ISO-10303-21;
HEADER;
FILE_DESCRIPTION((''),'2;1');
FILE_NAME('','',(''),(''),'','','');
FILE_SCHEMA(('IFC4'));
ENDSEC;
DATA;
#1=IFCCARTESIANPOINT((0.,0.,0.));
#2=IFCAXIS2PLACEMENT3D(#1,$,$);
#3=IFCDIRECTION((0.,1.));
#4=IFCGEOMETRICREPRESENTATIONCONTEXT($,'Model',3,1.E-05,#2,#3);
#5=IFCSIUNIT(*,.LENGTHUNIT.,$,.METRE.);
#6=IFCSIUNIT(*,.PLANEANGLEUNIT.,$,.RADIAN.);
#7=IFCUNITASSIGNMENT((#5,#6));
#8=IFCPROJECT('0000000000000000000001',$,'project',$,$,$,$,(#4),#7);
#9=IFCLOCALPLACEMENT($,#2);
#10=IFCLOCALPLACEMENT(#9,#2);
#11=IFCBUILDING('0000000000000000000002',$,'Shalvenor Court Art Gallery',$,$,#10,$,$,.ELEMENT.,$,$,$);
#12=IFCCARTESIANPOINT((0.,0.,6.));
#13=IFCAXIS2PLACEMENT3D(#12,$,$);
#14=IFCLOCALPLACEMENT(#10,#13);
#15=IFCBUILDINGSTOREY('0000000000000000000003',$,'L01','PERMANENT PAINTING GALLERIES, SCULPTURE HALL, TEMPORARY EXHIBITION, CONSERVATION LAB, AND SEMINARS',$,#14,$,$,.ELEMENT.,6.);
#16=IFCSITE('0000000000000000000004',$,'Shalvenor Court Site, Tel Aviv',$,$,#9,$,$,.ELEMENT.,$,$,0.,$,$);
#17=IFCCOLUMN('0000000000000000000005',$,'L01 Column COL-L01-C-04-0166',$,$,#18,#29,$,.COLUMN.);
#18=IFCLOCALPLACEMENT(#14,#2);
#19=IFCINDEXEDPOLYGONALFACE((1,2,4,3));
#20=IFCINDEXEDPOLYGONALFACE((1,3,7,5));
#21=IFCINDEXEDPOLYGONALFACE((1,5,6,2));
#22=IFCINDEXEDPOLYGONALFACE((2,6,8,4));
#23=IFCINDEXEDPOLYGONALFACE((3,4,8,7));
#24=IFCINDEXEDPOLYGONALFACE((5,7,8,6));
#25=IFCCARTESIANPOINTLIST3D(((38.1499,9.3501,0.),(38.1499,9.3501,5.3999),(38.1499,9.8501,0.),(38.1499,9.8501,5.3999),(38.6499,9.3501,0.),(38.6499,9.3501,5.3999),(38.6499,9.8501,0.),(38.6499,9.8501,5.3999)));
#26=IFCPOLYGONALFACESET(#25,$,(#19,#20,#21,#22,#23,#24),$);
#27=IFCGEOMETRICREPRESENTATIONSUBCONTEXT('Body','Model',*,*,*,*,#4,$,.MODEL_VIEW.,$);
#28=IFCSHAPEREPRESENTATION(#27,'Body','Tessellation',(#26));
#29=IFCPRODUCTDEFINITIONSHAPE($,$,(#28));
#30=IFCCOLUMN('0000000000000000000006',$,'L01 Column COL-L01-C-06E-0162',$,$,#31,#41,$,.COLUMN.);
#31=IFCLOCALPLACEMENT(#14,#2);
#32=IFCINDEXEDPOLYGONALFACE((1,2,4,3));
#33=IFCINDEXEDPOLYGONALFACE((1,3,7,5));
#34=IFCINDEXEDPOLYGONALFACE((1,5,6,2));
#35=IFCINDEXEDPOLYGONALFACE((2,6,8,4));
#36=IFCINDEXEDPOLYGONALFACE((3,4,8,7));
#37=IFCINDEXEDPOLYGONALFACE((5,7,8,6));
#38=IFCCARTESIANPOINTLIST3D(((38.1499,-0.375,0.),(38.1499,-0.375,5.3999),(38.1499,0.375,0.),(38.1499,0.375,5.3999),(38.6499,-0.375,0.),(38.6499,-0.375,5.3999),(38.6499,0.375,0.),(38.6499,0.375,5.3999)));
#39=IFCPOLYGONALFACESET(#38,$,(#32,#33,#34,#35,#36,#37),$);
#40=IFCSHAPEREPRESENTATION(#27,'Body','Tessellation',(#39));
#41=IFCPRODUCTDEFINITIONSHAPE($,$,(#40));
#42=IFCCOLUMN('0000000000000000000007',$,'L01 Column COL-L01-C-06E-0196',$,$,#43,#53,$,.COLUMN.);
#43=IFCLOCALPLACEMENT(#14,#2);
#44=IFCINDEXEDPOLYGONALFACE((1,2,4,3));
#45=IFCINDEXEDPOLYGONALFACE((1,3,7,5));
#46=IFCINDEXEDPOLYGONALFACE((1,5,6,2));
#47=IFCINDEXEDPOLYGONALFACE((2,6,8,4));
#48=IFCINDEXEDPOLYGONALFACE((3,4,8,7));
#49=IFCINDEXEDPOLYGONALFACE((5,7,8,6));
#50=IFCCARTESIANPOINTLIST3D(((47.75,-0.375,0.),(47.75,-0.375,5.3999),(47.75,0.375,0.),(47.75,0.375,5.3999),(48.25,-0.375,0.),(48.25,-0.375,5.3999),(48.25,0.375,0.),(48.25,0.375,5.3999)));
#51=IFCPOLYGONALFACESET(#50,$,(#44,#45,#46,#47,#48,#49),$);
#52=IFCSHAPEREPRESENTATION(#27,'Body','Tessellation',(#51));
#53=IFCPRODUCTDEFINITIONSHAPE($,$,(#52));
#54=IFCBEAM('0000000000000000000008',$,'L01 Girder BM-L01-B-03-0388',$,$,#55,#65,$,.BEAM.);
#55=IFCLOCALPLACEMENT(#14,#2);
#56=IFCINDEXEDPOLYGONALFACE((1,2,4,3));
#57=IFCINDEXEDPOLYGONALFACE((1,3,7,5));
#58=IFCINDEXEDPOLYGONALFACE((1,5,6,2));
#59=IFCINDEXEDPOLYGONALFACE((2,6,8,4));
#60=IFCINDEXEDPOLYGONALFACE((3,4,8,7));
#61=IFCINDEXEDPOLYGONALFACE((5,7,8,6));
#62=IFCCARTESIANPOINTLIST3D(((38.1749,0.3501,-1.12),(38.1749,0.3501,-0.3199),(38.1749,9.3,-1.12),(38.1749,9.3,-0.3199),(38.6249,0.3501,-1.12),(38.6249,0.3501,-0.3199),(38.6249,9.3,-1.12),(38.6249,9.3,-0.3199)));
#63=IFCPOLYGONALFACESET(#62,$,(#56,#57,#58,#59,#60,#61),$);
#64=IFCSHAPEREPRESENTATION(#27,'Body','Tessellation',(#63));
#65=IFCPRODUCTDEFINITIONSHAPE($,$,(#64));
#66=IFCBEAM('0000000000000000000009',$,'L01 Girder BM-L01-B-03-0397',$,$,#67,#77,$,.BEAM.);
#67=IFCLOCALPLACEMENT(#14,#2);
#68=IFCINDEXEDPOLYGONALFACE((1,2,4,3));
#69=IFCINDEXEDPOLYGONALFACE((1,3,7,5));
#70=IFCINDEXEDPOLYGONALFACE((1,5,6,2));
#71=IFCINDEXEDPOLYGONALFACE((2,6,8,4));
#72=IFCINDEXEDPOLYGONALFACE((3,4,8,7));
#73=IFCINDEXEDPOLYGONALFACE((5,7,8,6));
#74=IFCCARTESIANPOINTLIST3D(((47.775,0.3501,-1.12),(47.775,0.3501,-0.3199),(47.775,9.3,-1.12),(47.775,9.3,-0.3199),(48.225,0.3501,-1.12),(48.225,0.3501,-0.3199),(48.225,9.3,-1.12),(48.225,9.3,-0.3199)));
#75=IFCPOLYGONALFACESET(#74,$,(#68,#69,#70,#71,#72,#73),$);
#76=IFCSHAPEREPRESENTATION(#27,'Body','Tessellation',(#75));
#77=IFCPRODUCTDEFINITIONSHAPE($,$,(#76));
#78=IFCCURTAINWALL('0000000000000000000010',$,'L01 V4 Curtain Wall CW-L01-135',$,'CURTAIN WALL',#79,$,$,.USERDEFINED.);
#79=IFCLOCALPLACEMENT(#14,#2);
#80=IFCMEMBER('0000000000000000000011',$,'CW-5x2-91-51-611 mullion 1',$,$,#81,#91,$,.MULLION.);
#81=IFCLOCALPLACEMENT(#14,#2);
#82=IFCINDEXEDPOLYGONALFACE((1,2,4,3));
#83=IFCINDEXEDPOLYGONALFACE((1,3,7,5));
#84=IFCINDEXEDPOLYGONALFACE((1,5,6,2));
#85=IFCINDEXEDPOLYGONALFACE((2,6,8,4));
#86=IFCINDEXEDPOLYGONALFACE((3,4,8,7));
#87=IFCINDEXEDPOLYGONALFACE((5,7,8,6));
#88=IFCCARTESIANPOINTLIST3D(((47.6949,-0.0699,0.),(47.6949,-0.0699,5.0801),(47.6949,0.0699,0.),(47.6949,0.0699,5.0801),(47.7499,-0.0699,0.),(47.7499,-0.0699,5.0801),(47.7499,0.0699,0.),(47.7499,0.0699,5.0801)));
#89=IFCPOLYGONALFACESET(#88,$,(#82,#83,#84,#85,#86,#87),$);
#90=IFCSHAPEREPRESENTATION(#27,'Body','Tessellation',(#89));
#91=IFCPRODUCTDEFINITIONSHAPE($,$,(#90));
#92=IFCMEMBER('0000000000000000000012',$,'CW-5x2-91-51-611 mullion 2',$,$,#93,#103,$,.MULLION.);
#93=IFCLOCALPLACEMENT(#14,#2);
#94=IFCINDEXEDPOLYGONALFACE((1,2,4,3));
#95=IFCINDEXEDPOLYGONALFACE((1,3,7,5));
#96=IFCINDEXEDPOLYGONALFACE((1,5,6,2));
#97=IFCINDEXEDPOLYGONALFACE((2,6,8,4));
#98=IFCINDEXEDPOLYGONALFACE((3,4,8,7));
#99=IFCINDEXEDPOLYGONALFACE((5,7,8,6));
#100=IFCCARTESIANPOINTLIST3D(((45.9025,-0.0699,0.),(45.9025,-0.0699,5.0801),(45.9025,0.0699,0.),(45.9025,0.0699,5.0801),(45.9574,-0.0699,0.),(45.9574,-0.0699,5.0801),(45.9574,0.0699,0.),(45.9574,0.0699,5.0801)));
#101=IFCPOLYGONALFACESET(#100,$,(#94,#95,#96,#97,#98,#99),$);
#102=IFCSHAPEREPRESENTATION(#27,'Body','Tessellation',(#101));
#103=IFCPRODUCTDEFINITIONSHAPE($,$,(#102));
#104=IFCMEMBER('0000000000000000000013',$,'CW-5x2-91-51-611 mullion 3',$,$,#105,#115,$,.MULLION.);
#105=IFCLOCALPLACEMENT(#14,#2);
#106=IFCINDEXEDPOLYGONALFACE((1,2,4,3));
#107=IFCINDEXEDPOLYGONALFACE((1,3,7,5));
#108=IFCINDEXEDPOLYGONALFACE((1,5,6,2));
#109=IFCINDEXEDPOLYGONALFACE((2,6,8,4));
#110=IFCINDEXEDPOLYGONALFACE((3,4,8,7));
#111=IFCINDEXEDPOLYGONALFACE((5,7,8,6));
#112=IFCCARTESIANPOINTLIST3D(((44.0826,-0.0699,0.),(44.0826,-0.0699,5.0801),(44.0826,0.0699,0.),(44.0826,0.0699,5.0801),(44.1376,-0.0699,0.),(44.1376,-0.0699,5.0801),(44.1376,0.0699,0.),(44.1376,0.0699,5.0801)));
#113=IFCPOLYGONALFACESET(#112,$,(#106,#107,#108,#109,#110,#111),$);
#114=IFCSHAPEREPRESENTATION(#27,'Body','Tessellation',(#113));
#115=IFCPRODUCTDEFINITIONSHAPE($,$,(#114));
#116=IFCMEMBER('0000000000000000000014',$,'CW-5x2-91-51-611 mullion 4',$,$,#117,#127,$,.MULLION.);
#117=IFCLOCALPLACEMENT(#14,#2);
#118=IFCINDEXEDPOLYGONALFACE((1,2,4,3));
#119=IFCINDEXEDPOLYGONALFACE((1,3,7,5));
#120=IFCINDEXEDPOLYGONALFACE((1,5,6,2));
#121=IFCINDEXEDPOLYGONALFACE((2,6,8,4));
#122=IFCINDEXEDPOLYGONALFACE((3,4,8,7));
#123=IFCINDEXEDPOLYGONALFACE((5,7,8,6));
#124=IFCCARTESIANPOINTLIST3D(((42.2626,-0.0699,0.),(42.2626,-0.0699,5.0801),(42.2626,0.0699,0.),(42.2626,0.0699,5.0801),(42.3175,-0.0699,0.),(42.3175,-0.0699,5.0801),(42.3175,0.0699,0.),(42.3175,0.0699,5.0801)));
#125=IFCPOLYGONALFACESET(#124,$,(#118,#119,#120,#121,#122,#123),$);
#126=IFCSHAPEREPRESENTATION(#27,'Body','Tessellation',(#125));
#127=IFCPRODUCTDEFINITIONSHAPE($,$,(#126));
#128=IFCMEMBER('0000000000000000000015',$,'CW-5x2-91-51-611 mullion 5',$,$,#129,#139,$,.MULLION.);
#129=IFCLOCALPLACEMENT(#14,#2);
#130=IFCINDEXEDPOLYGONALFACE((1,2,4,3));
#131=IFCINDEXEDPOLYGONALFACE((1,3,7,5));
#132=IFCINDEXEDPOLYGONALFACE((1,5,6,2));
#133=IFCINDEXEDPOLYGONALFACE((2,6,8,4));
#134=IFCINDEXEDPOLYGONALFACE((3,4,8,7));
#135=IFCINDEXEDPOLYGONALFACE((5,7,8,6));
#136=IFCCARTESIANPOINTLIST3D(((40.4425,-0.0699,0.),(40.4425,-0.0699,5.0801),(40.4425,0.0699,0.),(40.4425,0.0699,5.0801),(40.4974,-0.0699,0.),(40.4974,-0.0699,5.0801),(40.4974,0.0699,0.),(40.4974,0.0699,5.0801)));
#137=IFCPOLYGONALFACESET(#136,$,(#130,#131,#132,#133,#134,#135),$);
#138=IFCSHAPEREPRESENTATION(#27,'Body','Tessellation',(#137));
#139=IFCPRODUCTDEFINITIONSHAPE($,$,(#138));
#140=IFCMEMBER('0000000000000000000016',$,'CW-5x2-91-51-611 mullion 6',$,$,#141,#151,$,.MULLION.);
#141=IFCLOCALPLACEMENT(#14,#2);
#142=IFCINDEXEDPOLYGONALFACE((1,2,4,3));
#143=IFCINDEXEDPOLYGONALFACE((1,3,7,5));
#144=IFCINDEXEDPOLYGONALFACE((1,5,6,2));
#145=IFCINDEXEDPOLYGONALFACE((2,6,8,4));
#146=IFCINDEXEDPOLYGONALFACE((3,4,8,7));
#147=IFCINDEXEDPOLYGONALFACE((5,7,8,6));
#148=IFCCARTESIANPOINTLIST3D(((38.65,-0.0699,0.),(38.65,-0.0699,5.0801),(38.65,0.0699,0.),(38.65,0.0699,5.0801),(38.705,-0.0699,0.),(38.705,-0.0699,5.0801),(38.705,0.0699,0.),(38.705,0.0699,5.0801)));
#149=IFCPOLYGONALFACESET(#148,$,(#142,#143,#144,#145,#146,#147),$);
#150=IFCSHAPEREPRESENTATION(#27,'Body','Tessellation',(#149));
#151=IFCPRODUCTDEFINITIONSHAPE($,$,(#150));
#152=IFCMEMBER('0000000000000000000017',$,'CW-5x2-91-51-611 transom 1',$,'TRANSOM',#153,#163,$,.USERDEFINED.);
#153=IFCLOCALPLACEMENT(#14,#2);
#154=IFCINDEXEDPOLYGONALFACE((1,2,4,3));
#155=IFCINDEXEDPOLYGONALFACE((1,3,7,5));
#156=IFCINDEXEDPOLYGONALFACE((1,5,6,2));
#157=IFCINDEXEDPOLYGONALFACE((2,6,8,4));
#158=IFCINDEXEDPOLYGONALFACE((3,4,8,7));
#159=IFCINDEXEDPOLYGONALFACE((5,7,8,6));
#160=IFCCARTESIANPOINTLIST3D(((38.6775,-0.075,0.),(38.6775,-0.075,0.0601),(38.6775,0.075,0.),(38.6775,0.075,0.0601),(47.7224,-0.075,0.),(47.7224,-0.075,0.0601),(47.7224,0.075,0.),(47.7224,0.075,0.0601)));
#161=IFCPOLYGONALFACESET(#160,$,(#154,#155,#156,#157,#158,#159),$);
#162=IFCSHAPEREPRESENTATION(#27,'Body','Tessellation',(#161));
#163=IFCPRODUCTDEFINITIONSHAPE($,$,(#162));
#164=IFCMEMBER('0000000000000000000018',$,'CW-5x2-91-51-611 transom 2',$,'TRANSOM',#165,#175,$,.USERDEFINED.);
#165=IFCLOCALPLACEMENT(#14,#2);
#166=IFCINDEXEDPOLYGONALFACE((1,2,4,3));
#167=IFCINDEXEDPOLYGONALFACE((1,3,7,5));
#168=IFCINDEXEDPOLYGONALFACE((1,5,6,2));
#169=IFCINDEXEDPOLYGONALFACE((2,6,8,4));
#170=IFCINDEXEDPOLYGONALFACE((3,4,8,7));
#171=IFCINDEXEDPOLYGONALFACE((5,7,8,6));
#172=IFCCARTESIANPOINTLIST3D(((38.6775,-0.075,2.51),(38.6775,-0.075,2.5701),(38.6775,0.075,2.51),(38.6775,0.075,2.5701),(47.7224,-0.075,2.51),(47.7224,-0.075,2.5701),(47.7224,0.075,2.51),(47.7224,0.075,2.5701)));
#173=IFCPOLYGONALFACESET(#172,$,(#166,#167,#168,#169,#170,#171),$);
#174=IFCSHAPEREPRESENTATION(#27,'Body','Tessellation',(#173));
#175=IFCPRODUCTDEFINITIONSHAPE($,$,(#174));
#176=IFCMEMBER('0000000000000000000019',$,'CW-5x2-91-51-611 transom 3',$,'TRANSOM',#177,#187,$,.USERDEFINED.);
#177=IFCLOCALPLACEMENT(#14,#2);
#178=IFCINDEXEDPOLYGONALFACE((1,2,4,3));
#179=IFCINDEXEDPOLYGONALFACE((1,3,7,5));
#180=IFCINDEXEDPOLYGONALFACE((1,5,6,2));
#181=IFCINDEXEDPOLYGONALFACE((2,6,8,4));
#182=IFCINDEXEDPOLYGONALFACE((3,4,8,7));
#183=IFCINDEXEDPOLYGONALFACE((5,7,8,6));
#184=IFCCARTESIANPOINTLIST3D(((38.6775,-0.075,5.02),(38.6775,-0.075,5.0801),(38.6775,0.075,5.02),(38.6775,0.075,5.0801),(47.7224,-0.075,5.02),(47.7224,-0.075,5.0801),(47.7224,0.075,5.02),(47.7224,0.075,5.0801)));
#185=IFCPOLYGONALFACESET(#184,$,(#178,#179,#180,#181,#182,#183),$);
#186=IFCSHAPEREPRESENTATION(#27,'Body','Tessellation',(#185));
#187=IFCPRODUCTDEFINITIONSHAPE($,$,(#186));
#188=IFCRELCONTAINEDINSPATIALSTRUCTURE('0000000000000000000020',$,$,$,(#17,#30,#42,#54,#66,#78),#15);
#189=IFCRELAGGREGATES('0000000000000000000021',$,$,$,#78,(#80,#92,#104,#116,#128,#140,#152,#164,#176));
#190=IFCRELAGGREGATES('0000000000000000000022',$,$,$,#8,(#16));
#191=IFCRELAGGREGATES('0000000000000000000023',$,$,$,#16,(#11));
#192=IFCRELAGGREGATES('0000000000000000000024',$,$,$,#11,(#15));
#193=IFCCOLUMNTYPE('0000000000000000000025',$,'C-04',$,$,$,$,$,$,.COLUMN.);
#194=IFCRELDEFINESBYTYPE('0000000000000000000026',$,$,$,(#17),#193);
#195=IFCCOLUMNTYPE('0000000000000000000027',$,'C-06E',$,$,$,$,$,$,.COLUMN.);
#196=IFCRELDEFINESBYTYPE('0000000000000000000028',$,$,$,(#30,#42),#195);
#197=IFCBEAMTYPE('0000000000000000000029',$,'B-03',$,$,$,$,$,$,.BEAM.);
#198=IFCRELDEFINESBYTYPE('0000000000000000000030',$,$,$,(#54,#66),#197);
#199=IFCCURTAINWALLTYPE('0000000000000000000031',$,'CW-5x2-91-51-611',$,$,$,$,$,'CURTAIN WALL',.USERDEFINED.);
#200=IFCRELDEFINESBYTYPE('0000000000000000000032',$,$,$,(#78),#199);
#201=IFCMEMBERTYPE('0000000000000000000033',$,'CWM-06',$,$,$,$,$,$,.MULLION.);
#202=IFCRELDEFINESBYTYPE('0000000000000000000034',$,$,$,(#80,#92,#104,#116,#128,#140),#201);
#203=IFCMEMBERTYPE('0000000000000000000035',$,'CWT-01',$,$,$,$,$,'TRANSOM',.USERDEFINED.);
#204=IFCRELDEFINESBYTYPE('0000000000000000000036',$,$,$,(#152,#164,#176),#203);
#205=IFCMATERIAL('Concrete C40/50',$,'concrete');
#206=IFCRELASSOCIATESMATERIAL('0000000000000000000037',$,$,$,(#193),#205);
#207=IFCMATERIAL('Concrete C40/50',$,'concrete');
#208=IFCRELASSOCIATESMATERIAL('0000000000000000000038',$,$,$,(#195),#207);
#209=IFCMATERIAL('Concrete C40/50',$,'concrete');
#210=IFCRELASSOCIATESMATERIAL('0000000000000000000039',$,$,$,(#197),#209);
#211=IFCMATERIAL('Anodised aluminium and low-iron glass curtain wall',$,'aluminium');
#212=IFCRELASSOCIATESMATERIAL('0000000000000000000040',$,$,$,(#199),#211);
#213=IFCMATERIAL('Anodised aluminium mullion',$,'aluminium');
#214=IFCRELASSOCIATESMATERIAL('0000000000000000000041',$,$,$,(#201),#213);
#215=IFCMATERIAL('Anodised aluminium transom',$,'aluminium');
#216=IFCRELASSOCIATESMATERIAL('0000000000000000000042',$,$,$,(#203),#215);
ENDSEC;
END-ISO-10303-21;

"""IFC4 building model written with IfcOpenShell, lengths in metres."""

from ifc_helpers import new_model, si_unit, direction, frame, origin, origin_2d, place, context, subcontext, project, spatial, rectangle, extrude, material, material_profile, profile_set, type_object, element, aggregate, save


model = new_model("IFC4")

# Units and contexts
model_context = context("Model", 3, precision=1e-05, world=origin(), true_north=direction((0.0, 1.0)))
body_context = subcontext(model_context, "Body", "Model", "MODEL_VIEW")
ifc_project = project(units=[si_unit("LENGTHUNIT", "METRE"), si_unit("PLANEANGLEUNIT", "RADIAN")], contexts=[model_context])

# Site, building, storey
site_placement = place(None, origin())
site = spatial("IfcSite", under=ifc_project, at=site_placement, Name="Shalvenor Court Site, Tel Aviv", CompositionType="ELEMENT", RefElevation=0.0)
building_placement = place(site_placement, origin())
building = spatial("IfcBuilding", under=site, at=building_placement, Name="Shalvenor Court Art Gallery", CompositionType="ELEMENT")
storey_placement = place(building_placement, frame((0.0, 0.0, 6.0)))
storey = spatial("IfcBuildingStorey", under=building, at=storey_placement, Name="L01", Description="PERMANENT PAINTING GALLERIES, SCULPTURE HALL, TEMPORARY EXHIBITION, CONSERVATION LAB, AND SEMINARS", CompositionType="ELEMENT", Elevation=6.0)

# Columns
ifc_material_1 = material(Name="Concrete C40/50", Category="concrete")
ifc_material_profile_1 = material_profile(ifc_material_1, rectangle(XDim=0.5, YDim=0.5, at=origin_2d()), Name="RC 500x500")
ifc_profile_set_1 = profile_set([ifc_material_profile_1], Name="Concrete C40/50")
column_type_1 = type_object("IfcColumnType", Name="C-04", PredefinedType="COLUMN", material=ifc_profile_set_1)
column_placement = place(storey_placement, frame((38.3999, 9.6001, 0.0), z_axis=(0.0, 0.0, 1.0), x_axis=(1.0, 0.0, 0.0)))
element("IfcColumn", 1, at=column_placement, inside=storey, type_object=column_type_1, Name="L01 Column COL-L01-C-04-0166", PredefinedType="COLUMN", context=body_context, shape_type="SweptSolid", body=[
    extrude(rectangle(XDim=0.5, YDim=0.5, at=origin_2d()), origin(), (0.0, 0.0, 1.0), 5.3999),
])
ifc_material_2 = material(Name="Concrete C40/50", Category="concrete")
ifc_material_profile_2 = material_profile(ifc_material_2, rectangle(XDim=0.5, YDim=0.75, at=origin_2d()), Name="RC 500x750")
ifc_profile_set_2 = profile_set([ifc_material_profile_2], Name="Concrete C40/50")
column_type_2 = type_object("IfcColumnType", Name="C-06E", PredefinedType="COLUMN", material=ifc_profile_set_2)
for number, where, z_axis, x_axis, name in (
    (2, (38.3999, 0.0, 0.0), (0.0, 0.0, 1.0), (1.0, 0.0, 0.0), "L01 Column COL-L01-C-06E-0162"),
    (3, (48.0, 0.0, 0.0), (0.0, 0.0, 1.0), (1.0, 0.0, 0.0), "L01 Column COL-L01-C-06E-0196"),
):
    element("IfcColumn", number, at=place(storey_placement, frame(where, z_axis=z_axis, x_axis=x_axis)), inside=storey, type_object=column_type_2, Name=name, PredefinedType="COLUMN", context=body_context, shape_type="SweptSolid", body=[
        extrude(rectangle(XDim=0.5, YDim=0.75, at=origin_2d()), origin(), (0.0, 0.0, 1.0), 5.3999),
    ])

# Beams
ifc_material_3 = material(Name="Concrete C40/50", Category="concrete")
ifc_material_profile_3 = material_profile(ifc_material_3, rectangle(XDim=0.45, YDim=0.8, at=origin_2d()), Name="RC 450x800")
ifc_profile_set_3 = profile_set([ifc_material_profile_3], Name="Concrete C40/50")
beam_type_1 = type_object("IfcBeamType", Name="B-03", PredefinedType="BEAM", material=ifc_profile_set_3)
for number, where, z_axis, x_axis, name in (
    (4, (38.3999, 0.3501, -0.72), (0.0, 1.0, 0.0), (-1.0, 0.0, 0.0), "L01 Girder BM-L01-B-03-0388"),
    (5, (48.0, 0.3501, -0.72), (0.0, 1.0, 0.0), (-1.0, 0.0, 0.0), "L01 Girder BM-L01-B-03-0397"),
):
    element("IfcBeam", number, at=place(storey_placement, frame(where, z_axis=z_axis, x_axis=x_axis)), inside=storey, type_object=beam_type_1, Name=name, PredefinedType="BEAM", context=body_context, shape_type="SweptSolid", body=[
        extrude(rectangle(XDim=0.45, YDim=0.8, at=origin_2d()), origin(), (0.0, 0.0, 1.0), 8.95),
    ])

# Curtain wall, members
ifc_material_4 = material(Name="Anodised aluminium and low-iron glass curtain wall", Category="aluminium")
curtain_wall_type = type_object("IfcCurtainWallType", Name="CW-5x2-91-51-611", ElementType="CURTAIN WALL", PredefinedType="USERDEFINED", material=ifc_material_4)
curtain_wall_placement = place(storey_placement, origin())
curtain_wall = element("IfcCurtainWall", 6, at=curtain_wall_placement, inside=storey, type_object=curtain_wall_type, Name="L01 V4 Curtain Wall CW-L01-135", ObjectType="CURTAIN WALL", PredefinedType="USERDEFINED")
ifc_material_5 = material(Name="Anodised aluminium mullion", Category="aluminium")
ifc_material_profile_4 = material_profile(ifc_material_5, rectangle(XDim=0.0549, YDim=0.1399, at=origin_2d()), Name="CWM-06")
ifc_profile_set_4 = profile_set([ifc_material_profile_4], Name="Anodised aluminium mullion")
member_type_1 = type_object("IfcMemberType", Name="CWM-06", PredefinedType="MULLION", material=ifc_profile_set_4)
member_1_placement = place(storey_placement, frame((47.7224, 0.0, 0.0), z_axis=(0.0, 0.0, 1.0), x_axis=(-1.0, 0.0, 0.0)))
member_1 = element("IfcMember", 7, at=member_1_placement, type_object=member_type_1, Name="CW-5x2-91-51-611 mullion 1", PredefinedType="MULLION", context=body_context, shape_type="SweptSolid", body=[
    extrude(rectangle(XDim=0.0549, YDim=0.1399, at=origin_2d()), origin(), (0.0, 0.0, 1.0), 5.0801),
])
member_2_placement = place(storey_placement, frame((45.9299, 0.0, 0.0), z_axis=(0.0, 0.0, 1.0), x_axis=(-1.0, 0.0, 0.0)))
member_2 = element("IfcMember", 8, at=member_2_placement, type_object=member_type_1, Name="CW-5x2-91-51-611 mullion 2", PredefinedType="MULLION", context=body_context, shape_type="SweptSolid", body=[
    extrude(rectangle(XDim=0.0549, YDim=0.1399, at=origin_2d()), origin(), (0.0, 0.0, 1.0), 5.0801),
])
member_3_placement = place(storey_placement, frame((44.1101, 0.0, 0.0), z_axis=(0.0, 0.0, 1.0), x_axis=(-1.0, 0.0, 0.0)))
member_3 = element("IfcMember", 9, at=member_3_placement, type_object=member_type_1, Name="CW-5x2-91-51-611 mullion 3", PredefinedType="MULLION", context=body_context, shape_type="SweptSolid", body=[
    extrude(rectangle(XDim=0.0549, YDim=0.1399, at=origin_2d()), origin(), (0.0, 0.0, 1.0), 5.0801),
])
member_4_placement = place(storey_placement, frame((42.29, 0.0, 0.0), z_axis=(0.0, 0.0, 1.0), x_axis=(-1.0, 0.0, 0.0)))
member_4 = element("IfcMember", 10, at=member_4_placement, type_object=member_type_1, Name="CW-5x2-91-51-611 mullion 4", PredefinedType="MULLION", context=body_context, shape_type="SweptSolid", body=[
    extrude(rectangle(XDim=0.0549, YDim=0.1399, at=origin_2d()), origin(), (0.0, 0.0, 1.0), 5.0801),
])
member_5_placement = place(storey_placement, frame((40.47, 0.0, 0.0), z_axis=(0.0, 0.0, 1.0), x_axis=(-1.0, 0.0, 0.0)))
member_5 = element("IfcMember", 11, at=member_5_placement, type_object=member_type_1, Name="CW-5x2-91-51-611 mullion 5", PredefinedType="MULLION", context=body_context, shape_type="SweptSolid", body=[
    extrude(rectangle(XDim=0.0549, YDim=0.1399, at=origin_2d()), origin(), (0.0, 0.0, 1.0), 5.0801),
])
member_6_placement = place(storey_placement, frame((38.6775, 0.0, 0.0), z_axis=(0.0, 0.0, 1.0), x_axis=(-1.0, 0.0, 0.0)))
member_6 = element("IfcMember", 12, at=member_6_placement, type_object=member_type_1, Name="CW-5x2-91-51-611 mullion 6", PredefinedType="MULLION", context=body_context, shape_type="SweptSolid", body=[
    extrude(rectangle(XDim=0.0549, YDim=0.1399, at=origin_2d()), origin(), (0.0, 0.0, 1.0), 5.0801),
])
ifc_material_6 = material(Name="Anodised aluminium transom", Category="aluminium")
ifc_material_profile_5 = material_profile(ifc_material_6, rectangle(XDim=0.1499, YDim=0.0601, at=origin_2d()), Name="CWT-01")
ifc_profile_set_5 = profile_set([ifc_material_profile_5], Name="Anodised aluminium transom")
member_type_2 = type_object("IfcMemberType", Name="CWT-01", ElementType="TRANSOM", PredefinedType="USERDEFINED", material=ifc_profile_set_5)
member_7_placement = place(storey_placement, frame((47.7224, 0.0, 0.03), z_axis=(-1.0, 0.0, 0.0), x_axis=(0.0, -1.0, 0.0)))
member_7 = element("IfcMember", 13, at=member_7_placement, type_object=member_type_2, Name="CW-5x2-91-51-611 transom 1", ObjectType="TRANSOM", PredefinedType="USERDEFINED", context=body_context, shape_type="SweptSolid", body=[
    extrude(rectangle(XDim=0.1499, YDim=0.0601, at=origin_2d()), origin(), (0.0, 0.0, 1.0), 9.0449),
])
member_8_placement = place(storey_placement, frame((47.7224, 0.0, 2.54), z_axis=(-1.0, 0.0, 0.0), x_axis=(0.0, -1.0, 0.0)))
member_8 = element("IfcMember", 14, at=member_8_placement, type_object=member_type_2, Name="CW-5x2-91-51-611 transom 2", ObjectType="TRANSOM", PredefinedType="USERDEFINED", context=body_context, shape_type="SweptSolid", body=[
    extrude(rectangle(XDim=0.1499, YDim=0.0601, at=origin_2d()), origin(), (0.0, 0.0, 1.0), 9.0449),
])
member_9_placement = place(storey_placement, frame((47.7224, 0.0, 5.05), z_axis=(-1.0, 0.0, 0.0), x_axis=(0.0, -1.0, 0.0)))
member_9 = element("IfcMember", 15, at=member_9_placement, type_object=member_type_2, Name="CW-5x2-91-51-611 transom 3", ObjectType="TRANSOM", PredefinedType="USERDEFINED", context=body_context, shape_type="SweptSolid", body=[
    extrude(rectangle(XDim=0.1499, YDim=0.0601, at=origin_2d()), origin(), (0.0, 0.0, 1.0), 9.0449),
])

aggregate(curtain_wall, [member_1, member_2, member_3, member_4, member_5, member_6, member_7, member_8, member_9])

save(model, "model.ifc")
